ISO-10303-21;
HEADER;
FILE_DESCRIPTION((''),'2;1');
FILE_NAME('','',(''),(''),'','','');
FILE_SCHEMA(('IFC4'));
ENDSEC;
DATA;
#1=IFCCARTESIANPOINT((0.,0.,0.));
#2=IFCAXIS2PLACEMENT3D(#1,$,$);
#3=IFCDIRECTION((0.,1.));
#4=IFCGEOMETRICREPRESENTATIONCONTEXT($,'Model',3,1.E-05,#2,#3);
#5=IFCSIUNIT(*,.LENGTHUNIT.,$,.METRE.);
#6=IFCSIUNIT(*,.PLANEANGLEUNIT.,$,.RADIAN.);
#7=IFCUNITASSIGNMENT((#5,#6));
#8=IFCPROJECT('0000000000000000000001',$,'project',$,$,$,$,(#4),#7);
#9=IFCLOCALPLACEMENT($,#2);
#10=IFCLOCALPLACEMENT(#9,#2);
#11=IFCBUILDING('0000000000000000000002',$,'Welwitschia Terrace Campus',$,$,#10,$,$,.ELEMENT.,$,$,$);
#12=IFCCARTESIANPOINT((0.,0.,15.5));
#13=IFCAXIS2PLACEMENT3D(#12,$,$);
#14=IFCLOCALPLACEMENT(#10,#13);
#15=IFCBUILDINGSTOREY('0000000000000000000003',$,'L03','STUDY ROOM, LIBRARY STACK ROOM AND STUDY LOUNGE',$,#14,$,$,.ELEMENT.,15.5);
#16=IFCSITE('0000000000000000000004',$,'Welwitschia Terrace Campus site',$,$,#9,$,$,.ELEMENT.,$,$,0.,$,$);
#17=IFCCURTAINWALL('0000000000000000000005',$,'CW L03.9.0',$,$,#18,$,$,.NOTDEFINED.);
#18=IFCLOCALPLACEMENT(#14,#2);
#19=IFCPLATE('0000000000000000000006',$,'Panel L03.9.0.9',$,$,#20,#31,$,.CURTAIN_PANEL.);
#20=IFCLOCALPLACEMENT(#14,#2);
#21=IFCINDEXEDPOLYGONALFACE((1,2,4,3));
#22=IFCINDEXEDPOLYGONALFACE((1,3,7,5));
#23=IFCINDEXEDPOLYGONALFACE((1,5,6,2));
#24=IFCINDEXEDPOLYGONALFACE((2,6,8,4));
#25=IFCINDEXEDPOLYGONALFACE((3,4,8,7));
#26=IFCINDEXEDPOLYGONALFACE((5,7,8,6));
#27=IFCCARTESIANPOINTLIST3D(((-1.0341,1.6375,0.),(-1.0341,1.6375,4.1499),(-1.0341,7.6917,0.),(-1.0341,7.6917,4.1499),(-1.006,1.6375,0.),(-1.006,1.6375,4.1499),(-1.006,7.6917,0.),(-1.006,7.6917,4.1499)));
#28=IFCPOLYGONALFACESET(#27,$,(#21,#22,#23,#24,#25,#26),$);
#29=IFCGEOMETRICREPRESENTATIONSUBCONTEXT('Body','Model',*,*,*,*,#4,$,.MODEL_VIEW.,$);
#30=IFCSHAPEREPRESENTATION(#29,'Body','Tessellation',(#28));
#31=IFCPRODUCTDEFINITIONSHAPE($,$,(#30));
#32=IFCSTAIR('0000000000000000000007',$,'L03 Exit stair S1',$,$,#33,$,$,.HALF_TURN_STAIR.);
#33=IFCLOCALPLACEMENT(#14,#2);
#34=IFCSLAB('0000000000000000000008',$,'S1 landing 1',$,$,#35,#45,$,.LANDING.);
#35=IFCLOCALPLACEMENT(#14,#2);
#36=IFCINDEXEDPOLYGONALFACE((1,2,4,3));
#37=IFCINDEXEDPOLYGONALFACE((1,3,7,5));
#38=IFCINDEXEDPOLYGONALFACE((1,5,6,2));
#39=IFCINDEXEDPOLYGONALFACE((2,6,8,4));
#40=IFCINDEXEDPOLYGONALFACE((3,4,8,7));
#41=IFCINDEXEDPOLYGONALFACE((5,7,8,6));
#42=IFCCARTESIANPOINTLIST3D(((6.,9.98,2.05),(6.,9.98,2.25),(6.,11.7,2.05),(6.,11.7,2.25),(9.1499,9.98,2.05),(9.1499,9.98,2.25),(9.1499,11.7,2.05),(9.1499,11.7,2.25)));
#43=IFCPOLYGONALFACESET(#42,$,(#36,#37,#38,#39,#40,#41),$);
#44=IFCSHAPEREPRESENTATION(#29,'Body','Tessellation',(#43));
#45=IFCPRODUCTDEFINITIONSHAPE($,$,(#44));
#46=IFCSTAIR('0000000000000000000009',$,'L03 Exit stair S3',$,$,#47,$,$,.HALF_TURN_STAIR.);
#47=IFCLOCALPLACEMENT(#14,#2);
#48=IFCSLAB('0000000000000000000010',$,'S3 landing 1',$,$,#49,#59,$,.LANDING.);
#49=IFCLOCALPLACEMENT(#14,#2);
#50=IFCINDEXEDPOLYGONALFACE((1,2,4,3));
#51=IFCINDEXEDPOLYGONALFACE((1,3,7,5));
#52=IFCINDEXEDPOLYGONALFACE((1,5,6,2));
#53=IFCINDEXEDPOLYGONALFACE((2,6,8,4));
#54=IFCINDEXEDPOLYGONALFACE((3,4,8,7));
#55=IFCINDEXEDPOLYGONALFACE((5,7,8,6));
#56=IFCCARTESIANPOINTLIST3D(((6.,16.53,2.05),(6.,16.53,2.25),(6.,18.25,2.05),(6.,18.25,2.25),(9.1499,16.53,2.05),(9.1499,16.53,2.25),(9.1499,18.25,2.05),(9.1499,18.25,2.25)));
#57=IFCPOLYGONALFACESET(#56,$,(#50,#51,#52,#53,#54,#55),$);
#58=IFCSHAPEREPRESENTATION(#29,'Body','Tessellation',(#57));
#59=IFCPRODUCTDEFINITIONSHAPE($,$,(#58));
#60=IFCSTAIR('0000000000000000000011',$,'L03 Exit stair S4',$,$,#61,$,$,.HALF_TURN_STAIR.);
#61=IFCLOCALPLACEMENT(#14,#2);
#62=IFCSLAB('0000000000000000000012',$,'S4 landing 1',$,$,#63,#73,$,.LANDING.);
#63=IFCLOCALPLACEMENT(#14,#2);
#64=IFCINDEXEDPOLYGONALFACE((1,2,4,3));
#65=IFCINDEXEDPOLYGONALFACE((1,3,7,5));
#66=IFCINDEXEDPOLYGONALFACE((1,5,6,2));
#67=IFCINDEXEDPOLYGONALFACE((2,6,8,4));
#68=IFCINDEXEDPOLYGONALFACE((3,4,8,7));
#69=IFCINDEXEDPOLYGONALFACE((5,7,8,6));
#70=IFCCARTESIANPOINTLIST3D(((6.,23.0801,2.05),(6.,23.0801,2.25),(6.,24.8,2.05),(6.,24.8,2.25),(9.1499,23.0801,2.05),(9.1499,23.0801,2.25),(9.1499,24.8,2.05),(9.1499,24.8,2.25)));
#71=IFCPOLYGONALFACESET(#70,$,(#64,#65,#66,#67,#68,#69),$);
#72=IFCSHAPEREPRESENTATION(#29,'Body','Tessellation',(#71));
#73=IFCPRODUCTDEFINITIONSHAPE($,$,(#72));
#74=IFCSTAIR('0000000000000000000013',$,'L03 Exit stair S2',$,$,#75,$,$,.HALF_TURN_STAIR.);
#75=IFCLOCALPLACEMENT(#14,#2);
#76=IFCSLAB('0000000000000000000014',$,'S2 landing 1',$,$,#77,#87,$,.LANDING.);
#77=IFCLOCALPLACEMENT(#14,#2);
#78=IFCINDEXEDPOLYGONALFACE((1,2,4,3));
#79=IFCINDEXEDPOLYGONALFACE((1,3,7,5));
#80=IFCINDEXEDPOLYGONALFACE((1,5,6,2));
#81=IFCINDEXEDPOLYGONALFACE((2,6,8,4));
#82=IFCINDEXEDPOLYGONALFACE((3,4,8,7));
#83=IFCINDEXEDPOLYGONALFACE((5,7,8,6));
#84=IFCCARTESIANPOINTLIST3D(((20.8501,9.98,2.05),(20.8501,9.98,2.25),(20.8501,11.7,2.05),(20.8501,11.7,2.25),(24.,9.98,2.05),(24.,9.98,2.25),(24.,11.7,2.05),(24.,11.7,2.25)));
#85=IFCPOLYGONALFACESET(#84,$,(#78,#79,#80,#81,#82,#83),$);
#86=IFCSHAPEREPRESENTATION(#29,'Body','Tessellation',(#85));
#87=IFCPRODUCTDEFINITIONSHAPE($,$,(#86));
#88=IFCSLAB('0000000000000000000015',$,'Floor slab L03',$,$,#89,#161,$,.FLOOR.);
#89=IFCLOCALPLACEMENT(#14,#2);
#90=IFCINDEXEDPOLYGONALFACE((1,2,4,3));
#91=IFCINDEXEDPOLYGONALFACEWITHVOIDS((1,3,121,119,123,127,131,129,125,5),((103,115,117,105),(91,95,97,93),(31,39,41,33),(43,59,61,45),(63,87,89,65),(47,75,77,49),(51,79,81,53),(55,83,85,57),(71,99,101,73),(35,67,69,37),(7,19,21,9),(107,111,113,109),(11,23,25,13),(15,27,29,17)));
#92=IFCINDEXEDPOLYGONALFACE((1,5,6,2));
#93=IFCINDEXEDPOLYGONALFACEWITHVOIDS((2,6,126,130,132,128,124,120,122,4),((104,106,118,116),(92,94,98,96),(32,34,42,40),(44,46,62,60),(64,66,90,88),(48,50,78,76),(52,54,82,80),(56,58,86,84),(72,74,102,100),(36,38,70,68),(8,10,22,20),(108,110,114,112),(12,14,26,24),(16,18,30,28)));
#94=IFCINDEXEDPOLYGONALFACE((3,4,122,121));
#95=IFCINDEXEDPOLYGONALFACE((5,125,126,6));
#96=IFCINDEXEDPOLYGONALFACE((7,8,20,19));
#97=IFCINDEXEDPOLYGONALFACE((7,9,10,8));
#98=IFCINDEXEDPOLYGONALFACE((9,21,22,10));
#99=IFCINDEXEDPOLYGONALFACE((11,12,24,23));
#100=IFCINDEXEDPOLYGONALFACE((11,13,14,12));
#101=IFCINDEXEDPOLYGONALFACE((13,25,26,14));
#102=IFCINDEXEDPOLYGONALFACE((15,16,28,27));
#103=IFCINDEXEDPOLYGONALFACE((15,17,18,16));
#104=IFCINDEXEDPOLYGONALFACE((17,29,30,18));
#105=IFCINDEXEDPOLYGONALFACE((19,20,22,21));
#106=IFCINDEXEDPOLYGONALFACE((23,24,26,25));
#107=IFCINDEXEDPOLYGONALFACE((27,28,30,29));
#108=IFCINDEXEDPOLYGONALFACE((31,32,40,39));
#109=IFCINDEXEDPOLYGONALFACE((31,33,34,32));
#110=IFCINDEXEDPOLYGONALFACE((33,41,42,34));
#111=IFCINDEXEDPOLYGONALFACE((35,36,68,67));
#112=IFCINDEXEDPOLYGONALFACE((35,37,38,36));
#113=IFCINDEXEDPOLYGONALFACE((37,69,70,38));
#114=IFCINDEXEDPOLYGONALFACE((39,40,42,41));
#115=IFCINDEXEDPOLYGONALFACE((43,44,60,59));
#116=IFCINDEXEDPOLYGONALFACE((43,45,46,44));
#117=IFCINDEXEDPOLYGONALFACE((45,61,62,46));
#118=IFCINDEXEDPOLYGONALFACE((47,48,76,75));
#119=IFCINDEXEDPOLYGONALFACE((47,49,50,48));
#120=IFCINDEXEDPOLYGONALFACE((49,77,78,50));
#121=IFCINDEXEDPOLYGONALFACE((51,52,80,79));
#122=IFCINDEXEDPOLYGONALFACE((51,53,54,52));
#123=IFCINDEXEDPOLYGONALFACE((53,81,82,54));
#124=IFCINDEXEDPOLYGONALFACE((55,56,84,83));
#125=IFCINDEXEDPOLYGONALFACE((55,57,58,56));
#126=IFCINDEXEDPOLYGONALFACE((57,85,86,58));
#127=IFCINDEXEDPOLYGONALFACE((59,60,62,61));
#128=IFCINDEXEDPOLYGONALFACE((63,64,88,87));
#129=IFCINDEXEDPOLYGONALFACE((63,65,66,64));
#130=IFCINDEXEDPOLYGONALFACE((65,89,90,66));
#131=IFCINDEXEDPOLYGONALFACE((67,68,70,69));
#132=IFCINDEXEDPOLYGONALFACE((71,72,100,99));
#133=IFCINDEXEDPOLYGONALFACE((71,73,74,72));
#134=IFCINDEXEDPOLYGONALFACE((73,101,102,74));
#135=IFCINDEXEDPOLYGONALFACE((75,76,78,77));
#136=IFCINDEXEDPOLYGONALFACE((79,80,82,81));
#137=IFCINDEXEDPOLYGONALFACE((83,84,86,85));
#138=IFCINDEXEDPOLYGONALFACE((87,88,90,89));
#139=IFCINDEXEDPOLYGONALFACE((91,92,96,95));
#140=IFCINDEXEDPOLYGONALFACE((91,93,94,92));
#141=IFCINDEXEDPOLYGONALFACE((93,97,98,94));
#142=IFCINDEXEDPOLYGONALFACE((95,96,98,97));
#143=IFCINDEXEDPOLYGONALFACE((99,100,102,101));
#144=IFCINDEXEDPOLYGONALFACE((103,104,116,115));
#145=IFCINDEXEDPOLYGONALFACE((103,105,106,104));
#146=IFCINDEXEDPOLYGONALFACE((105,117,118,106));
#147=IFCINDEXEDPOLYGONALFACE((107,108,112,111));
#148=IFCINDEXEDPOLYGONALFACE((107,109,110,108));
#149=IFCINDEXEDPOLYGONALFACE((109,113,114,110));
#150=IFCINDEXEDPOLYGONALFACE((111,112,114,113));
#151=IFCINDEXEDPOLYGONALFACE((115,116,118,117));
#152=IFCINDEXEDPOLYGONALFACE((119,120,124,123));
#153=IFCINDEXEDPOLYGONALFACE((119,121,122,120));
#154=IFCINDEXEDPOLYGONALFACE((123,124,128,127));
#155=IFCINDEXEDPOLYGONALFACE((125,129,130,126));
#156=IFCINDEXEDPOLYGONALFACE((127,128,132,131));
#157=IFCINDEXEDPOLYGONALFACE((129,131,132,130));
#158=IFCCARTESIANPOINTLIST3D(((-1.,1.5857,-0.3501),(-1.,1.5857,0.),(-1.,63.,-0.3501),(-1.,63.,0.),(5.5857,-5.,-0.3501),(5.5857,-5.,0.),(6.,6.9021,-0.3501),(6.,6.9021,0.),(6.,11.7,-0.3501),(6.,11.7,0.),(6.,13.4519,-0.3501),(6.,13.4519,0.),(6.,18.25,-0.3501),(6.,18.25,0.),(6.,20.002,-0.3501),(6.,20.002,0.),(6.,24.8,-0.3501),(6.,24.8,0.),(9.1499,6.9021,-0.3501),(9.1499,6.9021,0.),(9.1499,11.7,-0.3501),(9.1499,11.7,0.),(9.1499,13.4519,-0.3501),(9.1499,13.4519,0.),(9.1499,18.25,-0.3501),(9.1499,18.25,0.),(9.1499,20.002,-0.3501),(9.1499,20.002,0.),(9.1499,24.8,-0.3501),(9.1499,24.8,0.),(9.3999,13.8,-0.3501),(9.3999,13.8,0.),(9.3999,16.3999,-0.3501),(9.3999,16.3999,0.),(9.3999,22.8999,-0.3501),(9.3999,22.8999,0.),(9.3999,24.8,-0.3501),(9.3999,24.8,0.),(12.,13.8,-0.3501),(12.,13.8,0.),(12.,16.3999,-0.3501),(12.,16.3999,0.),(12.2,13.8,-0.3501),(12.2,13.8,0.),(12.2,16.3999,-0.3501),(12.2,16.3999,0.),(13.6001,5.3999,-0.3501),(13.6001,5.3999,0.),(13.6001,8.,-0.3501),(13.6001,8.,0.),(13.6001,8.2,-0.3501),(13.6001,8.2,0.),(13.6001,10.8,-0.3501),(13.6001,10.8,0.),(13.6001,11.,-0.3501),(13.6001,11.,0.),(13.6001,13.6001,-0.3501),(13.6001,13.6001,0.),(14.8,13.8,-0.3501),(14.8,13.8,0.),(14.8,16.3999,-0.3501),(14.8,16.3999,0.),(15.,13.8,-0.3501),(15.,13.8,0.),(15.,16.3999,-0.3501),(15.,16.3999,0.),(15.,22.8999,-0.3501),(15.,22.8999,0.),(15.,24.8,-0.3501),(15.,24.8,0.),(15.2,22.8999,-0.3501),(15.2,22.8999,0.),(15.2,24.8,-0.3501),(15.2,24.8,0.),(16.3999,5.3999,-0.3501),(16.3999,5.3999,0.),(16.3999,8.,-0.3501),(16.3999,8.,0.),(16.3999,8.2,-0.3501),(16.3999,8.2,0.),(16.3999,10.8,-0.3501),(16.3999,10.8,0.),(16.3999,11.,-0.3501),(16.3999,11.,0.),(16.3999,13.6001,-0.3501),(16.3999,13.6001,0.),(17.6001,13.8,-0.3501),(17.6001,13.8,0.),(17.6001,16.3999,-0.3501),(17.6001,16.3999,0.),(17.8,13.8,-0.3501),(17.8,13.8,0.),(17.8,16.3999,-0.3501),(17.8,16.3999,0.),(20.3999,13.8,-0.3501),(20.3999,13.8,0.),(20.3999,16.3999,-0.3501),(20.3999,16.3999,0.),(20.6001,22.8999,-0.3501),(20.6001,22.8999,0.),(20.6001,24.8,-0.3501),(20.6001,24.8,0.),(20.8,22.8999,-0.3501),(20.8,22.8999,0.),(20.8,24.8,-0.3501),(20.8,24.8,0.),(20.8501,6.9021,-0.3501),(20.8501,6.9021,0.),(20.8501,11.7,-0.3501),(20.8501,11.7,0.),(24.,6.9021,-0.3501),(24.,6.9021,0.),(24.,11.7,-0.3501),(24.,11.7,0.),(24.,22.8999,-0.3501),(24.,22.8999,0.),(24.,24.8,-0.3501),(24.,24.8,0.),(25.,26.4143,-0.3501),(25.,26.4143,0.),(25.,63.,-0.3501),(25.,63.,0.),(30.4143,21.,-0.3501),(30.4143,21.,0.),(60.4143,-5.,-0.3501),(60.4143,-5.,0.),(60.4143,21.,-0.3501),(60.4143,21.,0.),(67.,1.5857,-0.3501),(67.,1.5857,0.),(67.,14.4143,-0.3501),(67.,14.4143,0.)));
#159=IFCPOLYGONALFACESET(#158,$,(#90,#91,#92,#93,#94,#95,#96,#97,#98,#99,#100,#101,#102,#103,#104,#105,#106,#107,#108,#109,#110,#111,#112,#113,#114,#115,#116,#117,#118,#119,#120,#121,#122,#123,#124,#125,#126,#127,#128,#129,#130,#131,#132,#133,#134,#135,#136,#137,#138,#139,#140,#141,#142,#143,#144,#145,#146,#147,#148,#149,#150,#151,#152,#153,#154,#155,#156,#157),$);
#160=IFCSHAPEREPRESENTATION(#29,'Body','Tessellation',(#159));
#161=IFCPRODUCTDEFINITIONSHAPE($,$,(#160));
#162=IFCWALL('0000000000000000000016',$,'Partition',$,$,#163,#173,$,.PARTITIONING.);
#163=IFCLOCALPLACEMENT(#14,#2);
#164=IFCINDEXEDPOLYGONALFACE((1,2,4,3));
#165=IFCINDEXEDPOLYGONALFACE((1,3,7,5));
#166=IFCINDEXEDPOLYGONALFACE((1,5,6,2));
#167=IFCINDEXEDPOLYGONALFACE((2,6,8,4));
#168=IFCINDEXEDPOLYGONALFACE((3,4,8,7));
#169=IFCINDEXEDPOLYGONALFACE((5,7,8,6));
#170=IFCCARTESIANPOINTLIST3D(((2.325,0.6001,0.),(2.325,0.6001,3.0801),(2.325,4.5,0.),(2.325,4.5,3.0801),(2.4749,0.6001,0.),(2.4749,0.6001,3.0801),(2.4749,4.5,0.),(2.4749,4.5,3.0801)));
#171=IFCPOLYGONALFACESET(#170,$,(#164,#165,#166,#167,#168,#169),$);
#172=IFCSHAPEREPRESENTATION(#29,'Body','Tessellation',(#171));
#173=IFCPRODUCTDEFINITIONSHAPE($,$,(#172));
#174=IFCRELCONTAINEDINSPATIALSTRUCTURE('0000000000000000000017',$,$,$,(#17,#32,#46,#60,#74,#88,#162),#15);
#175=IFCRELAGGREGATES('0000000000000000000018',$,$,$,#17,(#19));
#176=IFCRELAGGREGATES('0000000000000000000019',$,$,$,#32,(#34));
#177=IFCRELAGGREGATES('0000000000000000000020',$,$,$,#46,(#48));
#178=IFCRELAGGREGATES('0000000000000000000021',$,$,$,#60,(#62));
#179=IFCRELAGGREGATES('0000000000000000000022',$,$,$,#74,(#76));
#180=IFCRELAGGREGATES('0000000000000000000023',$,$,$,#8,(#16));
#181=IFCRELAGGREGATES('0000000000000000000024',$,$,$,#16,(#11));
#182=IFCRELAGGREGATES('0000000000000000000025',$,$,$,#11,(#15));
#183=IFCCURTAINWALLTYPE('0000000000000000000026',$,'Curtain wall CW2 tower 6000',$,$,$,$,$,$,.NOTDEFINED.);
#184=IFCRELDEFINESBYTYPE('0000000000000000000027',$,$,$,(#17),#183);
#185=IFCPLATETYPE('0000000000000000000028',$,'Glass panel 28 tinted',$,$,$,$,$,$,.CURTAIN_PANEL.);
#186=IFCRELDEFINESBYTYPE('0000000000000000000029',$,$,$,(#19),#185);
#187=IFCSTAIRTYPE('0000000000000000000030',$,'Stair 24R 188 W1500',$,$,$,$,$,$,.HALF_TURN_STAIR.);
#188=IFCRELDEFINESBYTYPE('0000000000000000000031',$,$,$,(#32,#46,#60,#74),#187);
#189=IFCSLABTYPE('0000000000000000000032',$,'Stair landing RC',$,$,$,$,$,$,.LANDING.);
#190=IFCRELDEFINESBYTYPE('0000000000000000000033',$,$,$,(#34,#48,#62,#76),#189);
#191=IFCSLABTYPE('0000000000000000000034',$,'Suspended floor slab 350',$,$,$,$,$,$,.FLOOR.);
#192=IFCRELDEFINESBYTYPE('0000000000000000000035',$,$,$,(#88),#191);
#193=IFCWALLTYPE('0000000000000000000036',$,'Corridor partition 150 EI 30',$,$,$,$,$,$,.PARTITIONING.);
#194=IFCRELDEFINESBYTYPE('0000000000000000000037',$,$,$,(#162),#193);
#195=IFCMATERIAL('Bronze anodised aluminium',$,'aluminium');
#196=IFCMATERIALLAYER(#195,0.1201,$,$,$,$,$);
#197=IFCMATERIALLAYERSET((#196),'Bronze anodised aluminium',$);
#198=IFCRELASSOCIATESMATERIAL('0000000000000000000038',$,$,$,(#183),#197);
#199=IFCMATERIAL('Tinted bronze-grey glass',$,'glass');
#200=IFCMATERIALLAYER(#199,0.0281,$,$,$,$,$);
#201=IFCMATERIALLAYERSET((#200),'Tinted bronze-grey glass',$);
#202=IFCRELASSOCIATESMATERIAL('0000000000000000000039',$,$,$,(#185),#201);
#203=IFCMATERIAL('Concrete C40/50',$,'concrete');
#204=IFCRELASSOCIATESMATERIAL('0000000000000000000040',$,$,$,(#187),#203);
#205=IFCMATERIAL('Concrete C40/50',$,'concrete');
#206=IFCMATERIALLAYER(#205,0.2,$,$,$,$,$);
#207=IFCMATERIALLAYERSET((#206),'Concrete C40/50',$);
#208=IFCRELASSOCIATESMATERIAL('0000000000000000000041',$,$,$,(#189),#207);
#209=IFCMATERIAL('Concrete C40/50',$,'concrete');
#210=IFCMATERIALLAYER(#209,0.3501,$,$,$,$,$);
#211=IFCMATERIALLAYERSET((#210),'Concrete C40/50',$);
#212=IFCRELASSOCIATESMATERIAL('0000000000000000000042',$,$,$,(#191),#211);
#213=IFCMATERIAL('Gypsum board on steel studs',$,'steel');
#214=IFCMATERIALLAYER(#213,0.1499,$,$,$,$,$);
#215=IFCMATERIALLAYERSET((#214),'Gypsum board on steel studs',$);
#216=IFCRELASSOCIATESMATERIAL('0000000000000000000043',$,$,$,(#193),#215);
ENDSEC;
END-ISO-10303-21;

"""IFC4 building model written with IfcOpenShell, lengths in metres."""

from ifc_helpers import new_model, si_unit, direction, frame, frame_2d, origin, origin_2d, place, context, subcontext, project, spatial, polyline, rectangle, outline, extrude, material, layer, layer_set, type_object, element, aggregate, save


model = new_model("IFC4")

# Units and contexts
model_context = context("Model", 3, precision=1e-05, world=origin(), true_north=direction((0.0, 1.0)))
body_context = subcontext(model_context, "Body", "Model", "MODEL_VIEW")
ifc_project = project(units=[si_unit("LENGTHUNIT", "METRE"), si_unit("PLANEANGLEUNIT", "RADIAN")], contexts=[model_context])

# Site, building, storey
site_placement = place(None, origin())
site = spatial("IfcSite", under=ifc_project, at=site_placement, Name="Welwitschia Terrace Campus site", CompositionType="ELEMENT", RefElevation=0.0)
building_placement = place(site_placement, origin())
building = spatial("IfcBuilding", under=site, at=building_placement, Name="Welwitschia Terrace Campus", CompositionType="ELEMENT")
storey_placement = place(building_placement, frame((0.0, 0.0, 15.5)))
storey = spatial("IfcBuildingStorey", under=building, at=storey_placement, Name="L03", Description="STUDY ROOM, LIBRARY STACK ROOM AND STUDY LOUNGE", CompositionType="ELEMENT", Elevation=15.5)

# Shared definitions
ifc_material_1 = material(Name="Bronze anodised aluminium", Category="aluminium")
ifc_layer_1 = layer(ifc_material_1, 0.1201)
ifc_layer_set_1 = layer_set([ifc_layer_1], Name="Bronze anodised aluminium")
curtain_wall_type = type_object("IfcCurtainWallType", Name="Curtain wall CW2 tower 6000", PredefinedType="NOTDEFINED", material=ifc_layer_set_1)

# Curtain wall
curtain_wall_1_placement = place(storey_placement, origin())
curtain_wall_1 = element("IfcCurtainWall", 1, at=curtain_wall_1_placement, inside=storey, type_object=curtain_wall_type, Name="CW L03.9.0", PredefinedType="NOTDEFINED")

# Plate
ifc_material_2 = material(Name="Tinted bronze-grey glass", Category="glass")
ifc_layer_2 = layer(ifc_material_2, 0.0281)
ifc_layer_set_2 = layer_set([ifc_layer_2], Name="Tinted bronze-grey glass")
plate_type = type_object("IfcPlateType", Name="Glass panel 28 tinted", PredefinedType="CURTAIN_PANEL", material=ifc_layer_set_2)
plate_1_placement = place(storey_placement, frame((-1.02, 4.6646, 0.0), z_axis=(0.0, 0.0, 1.0), x_axis=(0.0, -1.0, 0.0)))
plate_1 = element("IfcPlate", 2, at=plate_1_placement, type_object=plate_type, Name="Panel L03.9.0.9", PredefinedType="CURTAIN_PANEL", context=body_context, shape_type="SweptSolid", body=[
    extrude(rectangle(XDim=6.0542, YDim=0.0281, at=origin_2d()), origin(), (0.0, 0.0, 1.0), 4.1499),
])
aggregate(curtain_wall_1, [plate_1])

# Stairs, slabs
ifc_material_3 = material(Name="Concrete C40/50", Category="concrete")
stair_type = type_object("IfcStairType", Name="Stair 24R 188 W1500", PredefinedType="HALF_TURN_STAIR", material=ifc_material_3)
stair_1_placement = place(storey_placement, origin())
stair_1 = element("IfcStair", 3, at=stair_1_placement, inside=storey, type_object=stair_type, Name="L03 Exit stair S1", PredefinedType="HALF_TURN_STAIR")
ifc_material_4 = material(Name="Concrete C40/50", Category="concrete")
ifc_layer_3 = layer(ifc_material_4, 0.2)
ifc_layer_set_3 = layer_set([ifc_layer_3], Name="Concrete C40/50")
slab_type_1 = type_object("IfcSlabType", Name="Stair landing RC", PredefinedType="LANDING", material=ifc_layer_set_3)
slab_1_placement = place(storey_placement, frame((0.0, 0.0, 2.05)))
slab_1 = element("IfcSlab", 4, at=slab_1_placement, type_object=slab_type_1, Name="S1 landing 1", PredefinedType="LANDING", context=body_context, shape_type="SweptSolid", body=[
    extrude(outline(polyline([(9.1499, 9.98), (9.1499, 11.7), (6.0, 11.7), (6.0, 9.98), (9.1499, 9.98)])), origin(), (0.0, 0.0, 1.0), 0.2),
])
aggregate(stair_1, [slab_1])
stair_2_placement = place(storey_placement, origin())
stair_2 = element("IfcStair", 5, at=stair_2_placement, inside=storey, type_object=stair_type, Name="L03 Exit stair S3", PredefinedType="HALF_TURN_STAIR")
slab_2_placement = place(storey_placement, frame((0.0, 0.0, 2.05)))
slab_2 = element("IfcSlab", 6, at=slab_2_placement, type_object=slab_type_1, Name="S3 landing 1", PredefinedType="LANDING", context=body_context, shape_type="SweptSolid", body=[
    extrude(outline(polyline([(9.1499, 16.53), (9.1499, 18.25), (6.0, 18.25), (6.0, 16.53), (9.1499, 16.53)])), origin(), (0.0, 0.0, 1.0), 0.2),
])
aggregate(stair_2, [slab_2])
stair_3_placement = place(storey_placement, origin())
stair_3 = element("IfcStair", 7, at=stair_3_placement, inside=storey, type_object=stair_type, Name="L03 Exit stair S4", PredefinedType="HALF_TURN_STAIR")
slab_3_placement = place(storey_placement, frame((0.0, 0.0, 2.05)))
slab_3 = element("IfcSlab", 8, at=slab_3_placement, type_object=slab_type_1, Name="S4 landing 1", PredefinedType="LANDING", context=body_context, shape_type="SweptSolid", body=[
    extrude(outline(polyline([(9.1499, 23.0801), (9.1499, 24.8), (6.0, 24.8), (6.0, 23.0801), (9.1499, 23.0801)])), origin(), (0.0, 0.0, 1.0), 0.2),
])
aggregate(stair_3, [slab_3])
stair_4_placement = place(storey_placement, origin())
stair_4 = element("IfcStair", 9, at=stair_4_placement, inside=storey, type_object=stair_type, Name="L03 Exit stair S2", PredefinedType="HALF_TURN_STAIR")
slab_4_placement = place(storey_placement, frame((0.0, 0.0, 2.05)))
slab_4 = element("IfcSlab", 10, at=slab_4_placement, type_object=slab_type_1, Name="S2 landing 1", PredefinedType="LANDING", context=body_context, shape_type="SweptSolid", body=[
    extrude(outline(polyline([(24.0, 9.98), (24.0, 11.7), (20.8501, 11.7), (20.8501, 9.98), (24.0, 9.98)])), origin(), (0.0, 0.0, 1.0), 0.2),
])
aggregate(stair_4, [slab_4])

# Slab
ifc_material_5 = material(Name="Concrete C40/50", Category="concrete")
ifc_layer_4 = layer(ifc_material_5, 0.3501)
ifc_layer_set_4 = layer_set([ifc_layer_4], Name="Concrete C40/50")
slab_type_2 = type_object("IfcSlabType", Name="Suspended floor slab 350", PredefinedType="FLOOR", material=ifc_layer_set_4)
slab_5_placement = place(storey_placement, frame((0.0, 0.0, -0.3501)))
element("IfcSlab", 11, at=slab_5_placement, inside=storey, type_object=slab_type_2, Name="Floor slab L03", PredefinedType="FLOOR", context=body_context, shape_type="SweptSolid", body=[
    extrude(outline(polyline([(-1.0, 63.0), (25.0, 63.0), (25.0, 26.4143), (30.4143, 21.0), (60.4143, 21.0), (67.0, 14.4143), (67.0, 1.5857), (60.4143, -5.0), (5.5857, -5.0), (-1.0, 1.5857), (-1.0, 63.0)]), holes=[polyline([(13.6001, 8.0), (13.6001, 5.3999), (16.3999, 5.3999), (16.3999, 8.0), (13.6001, 8.0)]), polyline([(9.1499, 11.7), (6.0, 11.7), (6.0, 6.9021), (9.1499, 6.9021), (9.1499, 11.7)]), polyline([(12.0, 16.3999), (9.3999, 16.3999), (9.3999, 13.8), (12.0, 13.8), (12.0, 16.3999)]), polyline([(14.8, 16.3999), (12.2, 16.3999), (12.2, 13.8), (14.8, 13.8), (14.8, 16.3999)]), polyline([(9.1499, 18.25), (6.0, 18.25), (6.0, 13.4519), (9.1499, 13.4519), (9.1499, 18.25)]), polyline([(9.1499, 24.8), (6.0, 24.8), (6.0, 20.002), (9.1499, 20.002), (9.1499, 24.8)]), polyline([(15.0, 24.8), (9.3999, 24.8), (9.3999, 22.8999), (15.0, 22.8999), (15.0, 24.8)]), polyline([(20.8501, 11.7), (20.8501, 6.9021), (24.0, 6.9021), (24.0, 11.7), (20.8501, 11.7)]), polyline([(16.3999, 10.8), (13.6001, 10.8), (13.6001, 8.2), (16.3999, 8.2), (16.3999, 10.8)]), polyline([(16.3999, 13.6001), (13.6001, 13.6001), (13.6001, 11.0), (16.3999, 11.0), (16.3999, 13.6001)]), polyline([(17.6001, 16.3999), (15.0, 16.3999), (15.0, 13.8), (17.6001, 13.8), (17.6001, 16.3999)]), polyline([(20.3999, 16.3999), (17.8, 16.3999), (17.8, 13.8), (20.3999, 13.8), (20.3999, 16.3999)]), polyline([(20.6001, 24.8), (15.2, 24.8), (15.2, 22.8999), (20.6001, 22.8999), (20.6001, 24.8)]), polyline([(24.0, 24.8), (20.8, 24.8), (20.8, 22.8999), (24.0, 22.8999), (24.0, 24.8)])]), origin(), (0.0, 0.0, 1.0), 0.3501),
])

# Wall
ifc_material_6 = material(Name="Gypsum board on steel studs", Category="steel")
ifc_layer_5 = layer(ifc_material_6, 0.1499)
ifc_layer_set_5 = layer_set([ifc_layer_5], Name="Gypsum board on steel studs")
wall_type = type_object("IfcWallType", Name="Corridor partition 150 EI 30", PredefinedType="PARTITIONING", material=ifc_layer_set_5)
wall_1_placement = place(storey_placement, frame((2.3999, 0.6001, 0.0), z_axis=(0.0, 0.0, 1.0), x_axis=(0.0, 1.0, 0.0)))
element("IfcWall", 12, at=wall_1_placement, inside=storey, type_object=wall_type, Name="Partition", PredefinedType="PARTITIONING", context=body_context, shape_type="SweptSolid", body=[
    extrude(rectangle(XDim=3.8999, YDim=0.1499, at=frame_2d((1.95, 0.0))), origin(), (0.0, 0.0, 1.0), 3.0801),
])

save(model, "model.ifc")
